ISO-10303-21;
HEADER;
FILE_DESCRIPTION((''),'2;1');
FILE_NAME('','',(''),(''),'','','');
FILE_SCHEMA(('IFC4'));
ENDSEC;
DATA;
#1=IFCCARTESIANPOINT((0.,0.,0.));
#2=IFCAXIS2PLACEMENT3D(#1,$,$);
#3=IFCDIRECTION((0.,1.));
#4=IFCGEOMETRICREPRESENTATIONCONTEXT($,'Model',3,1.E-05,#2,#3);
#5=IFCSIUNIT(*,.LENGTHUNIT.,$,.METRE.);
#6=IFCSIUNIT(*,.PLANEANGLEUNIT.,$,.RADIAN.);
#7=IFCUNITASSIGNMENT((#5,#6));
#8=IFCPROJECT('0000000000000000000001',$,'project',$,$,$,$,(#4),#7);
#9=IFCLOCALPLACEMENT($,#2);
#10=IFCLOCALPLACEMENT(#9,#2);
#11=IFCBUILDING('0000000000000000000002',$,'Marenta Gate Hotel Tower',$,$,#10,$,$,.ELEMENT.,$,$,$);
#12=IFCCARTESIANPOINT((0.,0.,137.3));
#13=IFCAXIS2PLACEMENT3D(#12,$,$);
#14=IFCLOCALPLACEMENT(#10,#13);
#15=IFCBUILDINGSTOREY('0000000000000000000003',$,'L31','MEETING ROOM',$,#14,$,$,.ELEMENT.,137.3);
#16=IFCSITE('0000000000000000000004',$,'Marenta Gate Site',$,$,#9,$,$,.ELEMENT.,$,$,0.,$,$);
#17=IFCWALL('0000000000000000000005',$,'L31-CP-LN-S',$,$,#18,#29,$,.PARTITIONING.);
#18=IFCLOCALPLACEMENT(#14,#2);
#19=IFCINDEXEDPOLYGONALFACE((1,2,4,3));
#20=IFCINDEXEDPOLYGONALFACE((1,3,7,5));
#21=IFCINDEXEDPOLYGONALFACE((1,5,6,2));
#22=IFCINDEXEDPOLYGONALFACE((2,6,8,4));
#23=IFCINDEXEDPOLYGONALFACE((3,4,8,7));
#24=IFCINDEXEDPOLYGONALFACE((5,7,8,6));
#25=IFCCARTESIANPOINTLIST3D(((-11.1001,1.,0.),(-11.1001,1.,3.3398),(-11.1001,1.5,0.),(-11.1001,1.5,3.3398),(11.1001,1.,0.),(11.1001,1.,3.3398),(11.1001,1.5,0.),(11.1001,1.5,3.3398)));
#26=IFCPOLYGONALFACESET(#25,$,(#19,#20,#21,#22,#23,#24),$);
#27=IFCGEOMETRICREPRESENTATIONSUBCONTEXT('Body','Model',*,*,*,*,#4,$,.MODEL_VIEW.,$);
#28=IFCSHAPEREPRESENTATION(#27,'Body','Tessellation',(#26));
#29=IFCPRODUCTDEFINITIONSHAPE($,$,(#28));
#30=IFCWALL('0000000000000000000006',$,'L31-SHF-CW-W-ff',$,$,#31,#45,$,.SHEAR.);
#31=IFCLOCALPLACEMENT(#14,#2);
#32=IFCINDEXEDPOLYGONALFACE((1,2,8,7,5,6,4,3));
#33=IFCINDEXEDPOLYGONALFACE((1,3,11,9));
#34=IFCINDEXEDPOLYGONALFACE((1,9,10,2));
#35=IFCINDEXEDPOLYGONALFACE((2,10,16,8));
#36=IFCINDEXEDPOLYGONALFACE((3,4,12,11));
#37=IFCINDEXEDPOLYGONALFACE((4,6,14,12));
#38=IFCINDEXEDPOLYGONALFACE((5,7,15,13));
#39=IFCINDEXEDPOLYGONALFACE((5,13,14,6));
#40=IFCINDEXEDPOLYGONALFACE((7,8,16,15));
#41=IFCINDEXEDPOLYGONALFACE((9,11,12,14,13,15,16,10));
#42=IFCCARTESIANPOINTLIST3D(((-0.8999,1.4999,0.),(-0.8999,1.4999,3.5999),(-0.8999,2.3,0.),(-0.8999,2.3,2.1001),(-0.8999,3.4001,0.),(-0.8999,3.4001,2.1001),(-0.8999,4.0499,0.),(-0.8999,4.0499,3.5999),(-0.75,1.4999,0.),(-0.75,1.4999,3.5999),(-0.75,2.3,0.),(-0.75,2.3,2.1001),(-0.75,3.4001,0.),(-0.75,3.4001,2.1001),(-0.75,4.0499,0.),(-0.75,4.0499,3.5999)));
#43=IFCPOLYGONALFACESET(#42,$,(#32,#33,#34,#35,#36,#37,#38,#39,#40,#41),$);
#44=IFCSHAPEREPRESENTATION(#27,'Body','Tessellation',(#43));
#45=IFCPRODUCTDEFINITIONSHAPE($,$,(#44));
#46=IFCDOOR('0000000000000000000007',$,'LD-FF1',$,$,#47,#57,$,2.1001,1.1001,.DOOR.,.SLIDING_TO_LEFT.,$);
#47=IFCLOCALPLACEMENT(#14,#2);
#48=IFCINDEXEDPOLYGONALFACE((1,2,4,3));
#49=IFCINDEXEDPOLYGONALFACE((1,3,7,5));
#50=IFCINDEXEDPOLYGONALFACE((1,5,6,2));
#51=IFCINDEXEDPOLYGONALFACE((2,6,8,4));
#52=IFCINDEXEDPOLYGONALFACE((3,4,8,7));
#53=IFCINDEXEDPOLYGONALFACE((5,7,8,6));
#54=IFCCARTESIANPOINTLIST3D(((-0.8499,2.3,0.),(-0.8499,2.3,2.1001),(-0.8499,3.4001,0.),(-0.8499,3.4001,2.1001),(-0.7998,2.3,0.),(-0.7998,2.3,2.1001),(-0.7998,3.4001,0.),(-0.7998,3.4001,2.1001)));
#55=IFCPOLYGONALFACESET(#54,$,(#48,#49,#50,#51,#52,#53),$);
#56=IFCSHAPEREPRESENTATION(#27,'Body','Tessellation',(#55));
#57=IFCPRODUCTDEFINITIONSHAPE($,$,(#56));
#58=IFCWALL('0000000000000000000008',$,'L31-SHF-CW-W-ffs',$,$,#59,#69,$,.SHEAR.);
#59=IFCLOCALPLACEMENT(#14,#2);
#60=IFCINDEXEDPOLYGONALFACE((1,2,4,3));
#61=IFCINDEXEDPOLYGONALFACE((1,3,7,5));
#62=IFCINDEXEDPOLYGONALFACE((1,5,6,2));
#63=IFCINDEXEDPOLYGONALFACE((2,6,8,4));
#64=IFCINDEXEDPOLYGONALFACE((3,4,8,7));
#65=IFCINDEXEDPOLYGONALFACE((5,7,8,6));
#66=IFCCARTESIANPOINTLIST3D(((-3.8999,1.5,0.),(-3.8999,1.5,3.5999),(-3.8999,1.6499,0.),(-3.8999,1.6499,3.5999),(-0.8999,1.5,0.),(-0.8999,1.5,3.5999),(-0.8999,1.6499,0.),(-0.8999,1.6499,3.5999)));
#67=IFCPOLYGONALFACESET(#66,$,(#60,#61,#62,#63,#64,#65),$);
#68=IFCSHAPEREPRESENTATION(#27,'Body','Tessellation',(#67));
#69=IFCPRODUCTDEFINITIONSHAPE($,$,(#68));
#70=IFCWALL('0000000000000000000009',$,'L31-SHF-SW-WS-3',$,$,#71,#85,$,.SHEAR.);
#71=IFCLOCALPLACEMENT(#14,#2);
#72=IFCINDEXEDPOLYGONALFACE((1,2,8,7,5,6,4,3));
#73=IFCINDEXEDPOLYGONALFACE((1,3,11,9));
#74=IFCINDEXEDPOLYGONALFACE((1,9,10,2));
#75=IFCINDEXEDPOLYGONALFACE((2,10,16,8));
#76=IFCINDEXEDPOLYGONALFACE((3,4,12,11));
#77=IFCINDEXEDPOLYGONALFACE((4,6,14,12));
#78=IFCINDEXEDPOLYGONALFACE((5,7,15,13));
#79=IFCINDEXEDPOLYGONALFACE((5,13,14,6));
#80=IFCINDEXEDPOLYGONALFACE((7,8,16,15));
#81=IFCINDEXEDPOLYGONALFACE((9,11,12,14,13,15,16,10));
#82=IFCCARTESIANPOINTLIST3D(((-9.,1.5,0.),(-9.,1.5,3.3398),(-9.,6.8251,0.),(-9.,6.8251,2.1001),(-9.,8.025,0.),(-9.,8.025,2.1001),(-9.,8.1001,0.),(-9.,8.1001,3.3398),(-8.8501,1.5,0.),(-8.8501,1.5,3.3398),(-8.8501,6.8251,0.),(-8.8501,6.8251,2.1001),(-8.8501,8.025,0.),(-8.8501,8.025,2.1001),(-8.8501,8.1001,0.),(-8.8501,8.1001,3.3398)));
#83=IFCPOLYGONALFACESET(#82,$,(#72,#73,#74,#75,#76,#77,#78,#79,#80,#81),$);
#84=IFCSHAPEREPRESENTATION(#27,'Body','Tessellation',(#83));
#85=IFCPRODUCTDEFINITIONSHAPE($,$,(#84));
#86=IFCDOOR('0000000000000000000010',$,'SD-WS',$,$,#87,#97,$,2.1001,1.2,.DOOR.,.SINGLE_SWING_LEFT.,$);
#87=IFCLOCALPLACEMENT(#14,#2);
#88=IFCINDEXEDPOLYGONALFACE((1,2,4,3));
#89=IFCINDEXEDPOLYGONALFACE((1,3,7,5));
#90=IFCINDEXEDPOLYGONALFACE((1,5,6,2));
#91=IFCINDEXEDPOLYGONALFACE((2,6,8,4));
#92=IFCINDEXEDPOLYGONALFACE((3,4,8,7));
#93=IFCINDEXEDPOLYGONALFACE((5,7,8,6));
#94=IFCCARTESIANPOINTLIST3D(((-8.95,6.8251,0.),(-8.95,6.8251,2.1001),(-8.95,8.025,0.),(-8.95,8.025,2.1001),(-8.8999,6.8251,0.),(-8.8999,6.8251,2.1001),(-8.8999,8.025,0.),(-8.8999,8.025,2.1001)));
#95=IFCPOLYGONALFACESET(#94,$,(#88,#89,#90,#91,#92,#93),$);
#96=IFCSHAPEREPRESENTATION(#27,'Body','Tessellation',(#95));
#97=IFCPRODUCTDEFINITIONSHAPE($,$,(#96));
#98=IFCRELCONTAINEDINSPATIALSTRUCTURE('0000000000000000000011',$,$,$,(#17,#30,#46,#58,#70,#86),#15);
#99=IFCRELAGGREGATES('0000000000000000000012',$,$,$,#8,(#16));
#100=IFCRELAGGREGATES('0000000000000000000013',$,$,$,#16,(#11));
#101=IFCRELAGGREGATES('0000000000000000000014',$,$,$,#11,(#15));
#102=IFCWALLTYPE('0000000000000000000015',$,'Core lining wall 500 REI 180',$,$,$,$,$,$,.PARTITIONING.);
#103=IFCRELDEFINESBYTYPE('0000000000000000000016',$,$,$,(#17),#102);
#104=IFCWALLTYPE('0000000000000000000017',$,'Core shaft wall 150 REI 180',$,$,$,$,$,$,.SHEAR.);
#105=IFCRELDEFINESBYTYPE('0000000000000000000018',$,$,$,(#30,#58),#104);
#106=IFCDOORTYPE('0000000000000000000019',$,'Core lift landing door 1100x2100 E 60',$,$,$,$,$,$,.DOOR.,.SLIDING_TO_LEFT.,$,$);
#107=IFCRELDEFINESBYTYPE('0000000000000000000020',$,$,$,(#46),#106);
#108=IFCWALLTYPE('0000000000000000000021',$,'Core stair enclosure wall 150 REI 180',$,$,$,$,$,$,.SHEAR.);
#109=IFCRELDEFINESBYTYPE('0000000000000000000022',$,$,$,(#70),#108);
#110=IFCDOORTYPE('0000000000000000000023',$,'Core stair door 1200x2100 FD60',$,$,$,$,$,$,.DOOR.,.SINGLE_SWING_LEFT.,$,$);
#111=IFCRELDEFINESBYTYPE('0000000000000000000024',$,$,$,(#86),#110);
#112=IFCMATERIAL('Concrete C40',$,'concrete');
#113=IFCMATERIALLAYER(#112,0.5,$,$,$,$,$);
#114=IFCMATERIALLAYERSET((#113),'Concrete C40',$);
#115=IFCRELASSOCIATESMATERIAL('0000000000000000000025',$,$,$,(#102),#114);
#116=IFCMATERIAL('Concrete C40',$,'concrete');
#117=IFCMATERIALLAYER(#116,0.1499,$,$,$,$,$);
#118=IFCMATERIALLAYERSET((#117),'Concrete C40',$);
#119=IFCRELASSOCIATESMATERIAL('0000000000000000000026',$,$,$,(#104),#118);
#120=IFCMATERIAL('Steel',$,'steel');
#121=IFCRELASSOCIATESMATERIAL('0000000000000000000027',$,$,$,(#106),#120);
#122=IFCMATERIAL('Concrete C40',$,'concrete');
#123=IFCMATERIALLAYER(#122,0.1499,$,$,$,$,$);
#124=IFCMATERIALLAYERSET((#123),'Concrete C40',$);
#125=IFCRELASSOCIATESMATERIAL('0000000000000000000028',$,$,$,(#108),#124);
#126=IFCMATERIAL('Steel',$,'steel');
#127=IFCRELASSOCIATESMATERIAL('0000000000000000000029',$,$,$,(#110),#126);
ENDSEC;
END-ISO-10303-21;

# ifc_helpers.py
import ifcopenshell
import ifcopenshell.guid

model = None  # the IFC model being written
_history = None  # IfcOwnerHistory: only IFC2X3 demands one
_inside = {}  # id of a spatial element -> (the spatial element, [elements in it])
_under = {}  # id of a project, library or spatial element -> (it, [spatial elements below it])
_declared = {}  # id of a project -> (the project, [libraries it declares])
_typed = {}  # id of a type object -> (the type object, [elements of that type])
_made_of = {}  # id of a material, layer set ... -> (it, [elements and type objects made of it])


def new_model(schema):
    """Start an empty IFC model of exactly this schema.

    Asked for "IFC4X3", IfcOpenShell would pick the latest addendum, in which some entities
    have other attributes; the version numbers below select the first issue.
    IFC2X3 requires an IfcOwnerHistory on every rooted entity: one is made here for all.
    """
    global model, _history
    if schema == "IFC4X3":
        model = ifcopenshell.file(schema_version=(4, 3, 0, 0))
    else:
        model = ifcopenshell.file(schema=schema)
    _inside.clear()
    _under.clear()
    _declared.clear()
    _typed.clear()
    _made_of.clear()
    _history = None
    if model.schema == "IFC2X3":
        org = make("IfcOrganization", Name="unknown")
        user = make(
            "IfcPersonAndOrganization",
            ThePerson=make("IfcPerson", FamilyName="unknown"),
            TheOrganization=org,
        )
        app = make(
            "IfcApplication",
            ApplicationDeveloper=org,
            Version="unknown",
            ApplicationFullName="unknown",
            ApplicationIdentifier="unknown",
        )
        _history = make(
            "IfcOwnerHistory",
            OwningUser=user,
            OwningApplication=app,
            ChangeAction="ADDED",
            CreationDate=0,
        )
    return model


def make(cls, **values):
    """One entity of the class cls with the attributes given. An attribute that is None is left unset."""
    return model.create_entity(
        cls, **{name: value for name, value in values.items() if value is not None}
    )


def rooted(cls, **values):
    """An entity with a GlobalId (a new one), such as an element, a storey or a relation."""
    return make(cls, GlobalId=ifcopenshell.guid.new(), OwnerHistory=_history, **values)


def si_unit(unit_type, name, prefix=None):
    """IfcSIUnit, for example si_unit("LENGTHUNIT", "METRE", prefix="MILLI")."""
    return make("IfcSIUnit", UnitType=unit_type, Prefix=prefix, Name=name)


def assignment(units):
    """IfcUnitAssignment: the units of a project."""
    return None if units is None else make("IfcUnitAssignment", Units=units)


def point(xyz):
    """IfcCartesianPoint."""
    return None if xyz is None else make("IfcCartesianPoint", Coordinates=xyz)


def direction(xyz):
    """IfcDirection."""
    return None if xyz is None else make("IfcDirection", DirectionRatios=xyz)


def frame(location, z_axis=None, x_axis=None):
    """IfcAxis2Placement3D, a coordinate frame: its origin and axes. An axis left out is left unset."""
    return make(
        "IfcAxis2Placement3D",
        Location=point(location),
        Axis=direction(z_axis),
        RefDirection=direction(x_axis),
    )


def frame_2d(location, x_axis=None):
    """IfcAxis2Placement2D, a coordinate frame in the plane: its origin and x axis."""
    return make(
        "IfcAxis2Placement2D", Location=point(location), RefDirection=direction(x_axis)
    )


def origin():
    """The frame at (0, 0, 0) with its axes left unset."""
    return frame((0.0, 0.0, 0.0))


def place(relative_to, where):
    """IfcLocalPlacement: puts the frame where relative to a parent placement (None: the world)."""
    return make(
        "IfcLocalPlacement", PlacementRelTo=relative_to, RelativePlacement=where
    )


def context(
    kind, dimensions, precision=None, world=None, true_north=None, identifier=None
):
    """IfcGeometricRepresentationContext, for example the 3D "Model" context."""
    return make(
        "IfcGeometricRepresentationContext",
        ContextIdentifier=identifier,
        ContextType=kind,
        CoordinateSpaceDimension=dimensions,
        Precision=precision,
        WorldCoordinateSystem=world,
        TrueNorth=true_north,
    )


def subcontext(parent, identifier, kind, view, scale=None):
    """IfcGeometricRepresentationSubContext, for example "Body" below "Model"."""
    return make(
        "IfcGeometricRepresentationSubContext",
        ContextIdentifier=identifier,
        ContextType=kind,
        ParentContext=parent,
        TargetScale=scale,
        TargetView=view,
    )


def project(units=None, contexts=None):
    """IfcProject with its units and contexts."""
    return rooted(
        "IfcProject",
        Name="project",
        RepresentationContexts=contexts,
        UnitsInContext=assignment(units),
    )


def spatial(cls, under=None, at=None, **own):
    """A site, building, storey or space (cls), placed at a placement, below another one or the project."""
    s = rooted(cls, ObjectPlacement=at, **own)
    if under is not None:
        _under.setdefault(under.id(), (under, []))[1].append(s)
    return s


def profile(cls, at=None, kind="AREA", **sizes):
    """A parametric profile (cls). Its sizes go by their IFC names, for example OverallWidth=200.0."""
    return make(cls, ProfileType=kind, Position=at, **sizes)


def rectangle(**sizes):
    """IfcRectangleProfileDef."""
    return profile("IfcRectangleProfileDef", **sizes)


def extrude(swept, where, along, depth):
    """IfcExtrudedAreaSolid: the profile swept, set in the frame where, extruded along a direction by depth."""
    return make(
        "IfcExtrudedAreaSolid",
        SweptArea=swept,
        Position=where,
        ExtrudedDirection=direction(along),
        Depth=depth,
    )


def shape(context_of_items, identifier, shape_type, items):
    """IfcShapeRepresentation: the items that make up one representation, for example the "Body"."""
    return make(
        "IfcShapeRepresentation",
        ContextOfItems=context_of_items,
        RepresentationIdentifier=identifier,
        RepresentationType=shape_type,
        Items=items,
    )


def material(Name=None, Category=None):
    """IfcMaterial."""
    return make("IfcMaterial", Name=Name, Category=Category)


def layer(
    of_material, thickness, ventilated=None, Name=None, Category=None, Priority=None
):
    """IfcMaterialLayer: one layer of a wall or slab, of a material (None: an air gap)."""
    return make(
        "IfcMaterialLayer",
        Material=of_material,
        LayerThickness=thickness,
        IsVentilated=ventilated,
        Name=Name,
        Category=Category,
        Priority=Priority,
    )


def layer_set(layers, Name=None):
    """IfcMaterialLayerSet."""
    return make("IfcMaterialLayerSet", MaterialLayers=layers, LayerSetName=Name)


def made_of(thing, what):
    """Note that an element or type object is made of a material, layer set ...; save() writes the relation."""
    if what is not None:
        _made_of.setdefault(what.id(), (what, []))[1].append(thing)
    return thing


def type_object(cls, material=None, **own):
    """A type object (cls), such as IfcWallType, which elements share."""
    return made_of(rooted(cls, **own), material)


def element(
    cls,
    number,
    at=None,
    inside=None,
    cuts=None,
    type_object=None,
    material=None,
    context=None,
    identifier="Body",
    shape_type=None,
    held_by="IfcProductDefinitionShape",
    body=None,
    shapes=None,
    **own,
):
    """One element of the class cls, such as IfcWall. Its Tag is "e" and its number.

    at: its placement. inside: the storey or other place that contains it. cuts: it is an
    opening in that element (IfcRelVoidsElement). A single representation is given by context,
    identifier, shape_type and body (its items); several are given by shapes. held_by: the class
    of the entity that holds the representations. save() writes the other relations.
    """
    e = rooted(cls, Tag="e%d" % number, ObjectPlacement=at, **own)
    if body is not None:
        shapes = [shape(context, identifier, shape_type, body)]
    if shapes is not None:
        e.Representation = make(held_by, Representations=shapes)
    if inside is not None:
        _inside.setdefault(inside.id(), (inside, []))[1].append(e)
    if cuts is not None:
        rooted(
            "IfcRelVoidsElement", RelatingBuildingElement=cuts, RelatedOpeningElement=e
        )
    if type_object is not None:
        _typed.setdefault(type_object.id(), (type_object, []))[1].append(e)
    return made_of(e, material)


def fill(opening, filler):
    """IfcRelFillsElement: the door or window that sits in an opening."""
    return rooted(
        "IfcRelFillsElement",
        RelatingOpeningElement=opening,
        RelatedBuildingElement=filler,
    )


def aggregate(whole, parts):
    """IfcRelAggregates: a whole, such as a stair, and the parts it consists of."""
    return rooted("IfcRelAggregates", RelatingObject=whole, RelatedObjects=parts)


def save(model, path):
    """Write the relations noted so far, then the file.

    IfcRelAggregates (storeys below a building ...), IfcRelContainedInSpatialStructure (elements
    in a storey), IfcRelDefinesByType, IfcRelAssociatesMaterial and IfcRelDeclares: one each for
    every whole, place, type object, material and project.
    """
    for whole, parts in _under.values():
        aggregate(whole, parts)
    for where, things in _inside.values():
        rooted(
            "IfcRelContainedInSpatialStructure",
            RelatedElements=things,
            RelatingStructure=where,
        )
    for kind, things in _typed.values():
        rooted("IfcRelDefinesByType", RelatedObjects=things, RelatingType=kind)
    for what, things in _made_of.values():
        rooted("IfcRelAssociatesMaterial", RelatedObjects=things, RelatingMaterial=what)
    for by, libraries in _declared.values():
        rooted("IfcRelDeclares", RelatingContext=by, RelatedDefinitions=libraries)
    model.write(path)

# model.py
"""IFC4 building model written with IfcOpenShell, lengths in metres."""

from ifc_helpers import new_model, si_unit, direction, frame, frame_2d, origin, place, context, subcontext, project, spatial, rectangle, extrude, material, layer, layer_set, type_object, element, fill, save


model = new_model("IFC4")

# Units and contexts
model_context = context("Model", 3, precision=1e-05, world=origin(), true_north=direction((0.0, 1.0)))
body_context = subcontext(model_context, "Body", "Model", "MODEL_VIEW")
ifc_project = project(units=[si_unit("LENGTHUNIT", "METRE"), si_unit("PLANEANGLEUNIT", "RADIAN")], contexts=[model_context])

# Site, building, storey
site_placement = place(None, origin())
site = spatial("IfcSite", under=ifc_project, at=site_placement, Name="Marenta Gate Site", CompositionType="ELEMENT", RefElevation=0.0)
building_placement = place(site_placement, origin())
building = spatial("IfcBuilding", under=site, at=building_placement, Name="Marenta Gate Hotel Tower", CompositionType="ELEMENT")
storey_placement = place(building_placement, frame((0.0, 0.0, 137.3)))
storey = spatial("IfcBuildingStorey", under=building, at=storey_placement, Name="L31", Description="MEETING ROOM", CompositionType="ELEMENT", Elevation=137.3)

# Wall
ifc_material_1 = material(Name="Concrete C40", Category="concrete")
ifc_layer_1 = layer(ifc_material_1, 0.5)
ifc_layer_set_1 = layer_set([ifc_layer_1], Name="Concrete C40")
wall_type_1 = type_object("IfcWallType", Name="Core lining wall 500 REI 180", PredefinedType="PARTITIONING", material=ifc_layer_set_1)
wall_1_placement = place(storey_placement, frame((-11.1001, 1.25, 0.0), z_axis=(0.0, 0.0, 1.0), x_axis=(1.0, 0.0, 0.0)))
element("IfcWall", 1, at=wall_1_placement, inside=storey, type_object=wall_type_1, Name="L31-CP-LN-S", PredefinedType="PARTITIONING", context=body_context, shape_type="SweptSolid", body=[
    extrude(rectangle(XDim=22.2002, YDim=0.5, at=frame_2d((11.1001, 0.0))), origin(), (0.0, 0.0, 1.0), 3.3398),
])

# Wall, opening, door
ifc_material_2 = material(Name="Concrete C40", Category="concrete")
ifc_layer_2 = layer(ifc_material_2, 0.1499)
ifc_layer_set_2 = layer_set([ifc_layer_2], Name="Concrete C40")
wall_type_2 = type_object("IfcWallType", Name="Core shaft wall 150 REI 180", PredefinedType="SHEAR", material=ifc_layer_set_2)
wall_2_placement = place(storey_placement, frame((-0.825, 1.5, 0.0), z_axis=(0.0, 0.0, 1.0), x_axis=(0.0, 1.0, 0.0)))
wall_2 = element("IfcWall", 2, at=wall_2_placement, inside=storey, type_object=wall_type_2, Name="L31-SHF-CW-W-ff", PredefinedType="SHEAR", context=body_context, shape_type="SweptSolid", body=[
    extrude(rectangle(XDim=2.55, YDim=0.1499, at=frame_2d((1.2749, 0.0))), origin(), (0.0, 0.0, 1.0), 3.5999),
])
opening_1_placement = place(wall_2_placement, frame((0.8, 0.0, 0.0)))
opening_1 = element("IfcOpeningElement", 3, at=opening_1_placement, cuts=wall_2, PredefinedType="OPENING", context=body_context, shape_type="SweptSolid", body=[
    extrude(rectangle(XDim=1.1001, YDim=2.1001, at=frame_2d((0.55, 1.05))), frame((0.0, 0.075, 0.0), z_axis=(0.0, -1.0, 0.0), x_axis=(1.0, 0.0, 0.0)), (0.0, 0.0, 1.0), 0.1499),
])
ifc_material_3 = material(Name="Steel", Category="steel")
door_type_1 = type_object("IfcDoorType", Name="Core lift landing door 1100x2100 E 60", OperationType="SLIDING_TO_LEFT", PredefinedType="DOOR", material=ifc_material_3)
door_1_placement = place(opening_1_placement, origin())
door_1 = element("IfcDoor", 4, at=door_1_placement, inside=storey, type_object=door_type_1, Name="LD-FF1", OperationType="SLIDING_TO_LEFT", OverallHeight=2.1001, OverallWidth=1.1001, PredefinedType="DOOR", context=body_context, shape_type="SweptSolid", body=[
    extrude(rectangle(XDim=1.1001, YDim=2.1001, at=frame_2d((0.55, 1.05))), frame((0.0, 0.0249, 0.0), z_axis=(0.0, -1.0, 0.0), x_axis=(1.0, 0.0, 0.0)), (0.0, 0.0, 1.0), 0.05),
])
fill(opening_1, door_1)

# Wall
wall_3_placement = place(storey_placement, frame((-3.8999, 1.575, 0.0), z_axis=(0.0, 0.0, 1.0), x_axis=(1.0, 0.0, 0.0)))
element("IfcWall", 5, at=wall_3_placement, inside=storey, type_object=wall_type_2, Name="L31-SHF-CW-W-ffs", PredefinedType="SHEAR", context=body_context, shape_type="SweptSolid", body=[
    extrude(rectangle(XDim=3.0, YDim=0.1499, at=frame_2d((1.5, 0.0))), origin(), (0.0, 0.0, 1.0), 3.5999),
])

# Wall, opening, door
ifc_material_4 = material(Name="Concrete C40", Category="concrete")
ifc_layer_3 = layer(ifc_material_4, 0.1499)
ifc_layer_set_3 = layer_set([ifc_layer_3], Name="Concrete C40")
wall_type_3 = type_object("IfcWallType", Name="Core stair enclosure wall 150 REI 180", PredefinedType="SHEAR", material=ifc_layer_set_3)
wall_4_placement = place(storey_placement, frame((-8.925, 1.5, 0.0), z_axis=(0.0, 0.0, 1.0), x_axis=(0.0, 1.0, 0.0)))
wall_4 = element("IfcWall", 6, at=wall_4_placement, inside=storey, type_object=wall_type_3, Name="L31-SHF-SW-WS-3", PredefinedType="SHEAR", context=body_context, shape_type="SweptSolid", body=[
    extrude(rectangle(XDim=6.6001, YDim=0.1499, at=frame_2d((3.3, 0.0))), origin(), (0.0, 0.0, 1.0), 3.3398),
])
opening_2_placement = place(wall_4_placement, frame((5.325, 0.0, 0.0)))
opening_2 = element("IfcOpeningElement", 7, at=opening_2_placement, cuts=wall_4, PredefinedType="OPENING", context=body_context, shape_type="SweptSolid", body=[
    extrude(rectangle(XDim=1.2, YDim=2.1001, at=frame_2d((0.6001, 1.05))), frame((0.0, 0.075, 0.0), z_axis=(0.0, -1.0, 0.0), x_axis=(1.0, 0.0, 0.0)), (0.0, 0.0, 1.0), 0.1499),
])
ifc_material_5 = material(Name="Steel", Category="steel")
door_type_2 = type_object("IfcDoorType", Name="Core stair door 1200x2100 FD60", OperationType="SINGLE_SWING_LEFT", PredefinedType="DOOR", material=ifc_material_5)
door_2_placement = place(opening_2_placement, origin())
door_2 = element("IfcDoor", 8, at=door_2_placement, inside=storey, type_object=door_type_2, Name="SD-WS", OperationType="SINGLE_SWING_LEFT", OverallHeight=2.1001, OverallWidth=1.2, PredefinedType="DOOR", context=body_context, shape_type="SweptSolid", body=[
    extrude(rectangle(XDim=1.2, YDim=2.1001, at=frame_2d((0.6001, 1.05))), frame((0.0, 0.0249, 0.0), z_axis=(0.0, -1.0, 0.0), x_axis=(1.0, 0.0, 0.0)), (0.0, 0.0, 1.0), 0.05),
])
fill(opening_2, door_2)

save(model, "model.ifc")
